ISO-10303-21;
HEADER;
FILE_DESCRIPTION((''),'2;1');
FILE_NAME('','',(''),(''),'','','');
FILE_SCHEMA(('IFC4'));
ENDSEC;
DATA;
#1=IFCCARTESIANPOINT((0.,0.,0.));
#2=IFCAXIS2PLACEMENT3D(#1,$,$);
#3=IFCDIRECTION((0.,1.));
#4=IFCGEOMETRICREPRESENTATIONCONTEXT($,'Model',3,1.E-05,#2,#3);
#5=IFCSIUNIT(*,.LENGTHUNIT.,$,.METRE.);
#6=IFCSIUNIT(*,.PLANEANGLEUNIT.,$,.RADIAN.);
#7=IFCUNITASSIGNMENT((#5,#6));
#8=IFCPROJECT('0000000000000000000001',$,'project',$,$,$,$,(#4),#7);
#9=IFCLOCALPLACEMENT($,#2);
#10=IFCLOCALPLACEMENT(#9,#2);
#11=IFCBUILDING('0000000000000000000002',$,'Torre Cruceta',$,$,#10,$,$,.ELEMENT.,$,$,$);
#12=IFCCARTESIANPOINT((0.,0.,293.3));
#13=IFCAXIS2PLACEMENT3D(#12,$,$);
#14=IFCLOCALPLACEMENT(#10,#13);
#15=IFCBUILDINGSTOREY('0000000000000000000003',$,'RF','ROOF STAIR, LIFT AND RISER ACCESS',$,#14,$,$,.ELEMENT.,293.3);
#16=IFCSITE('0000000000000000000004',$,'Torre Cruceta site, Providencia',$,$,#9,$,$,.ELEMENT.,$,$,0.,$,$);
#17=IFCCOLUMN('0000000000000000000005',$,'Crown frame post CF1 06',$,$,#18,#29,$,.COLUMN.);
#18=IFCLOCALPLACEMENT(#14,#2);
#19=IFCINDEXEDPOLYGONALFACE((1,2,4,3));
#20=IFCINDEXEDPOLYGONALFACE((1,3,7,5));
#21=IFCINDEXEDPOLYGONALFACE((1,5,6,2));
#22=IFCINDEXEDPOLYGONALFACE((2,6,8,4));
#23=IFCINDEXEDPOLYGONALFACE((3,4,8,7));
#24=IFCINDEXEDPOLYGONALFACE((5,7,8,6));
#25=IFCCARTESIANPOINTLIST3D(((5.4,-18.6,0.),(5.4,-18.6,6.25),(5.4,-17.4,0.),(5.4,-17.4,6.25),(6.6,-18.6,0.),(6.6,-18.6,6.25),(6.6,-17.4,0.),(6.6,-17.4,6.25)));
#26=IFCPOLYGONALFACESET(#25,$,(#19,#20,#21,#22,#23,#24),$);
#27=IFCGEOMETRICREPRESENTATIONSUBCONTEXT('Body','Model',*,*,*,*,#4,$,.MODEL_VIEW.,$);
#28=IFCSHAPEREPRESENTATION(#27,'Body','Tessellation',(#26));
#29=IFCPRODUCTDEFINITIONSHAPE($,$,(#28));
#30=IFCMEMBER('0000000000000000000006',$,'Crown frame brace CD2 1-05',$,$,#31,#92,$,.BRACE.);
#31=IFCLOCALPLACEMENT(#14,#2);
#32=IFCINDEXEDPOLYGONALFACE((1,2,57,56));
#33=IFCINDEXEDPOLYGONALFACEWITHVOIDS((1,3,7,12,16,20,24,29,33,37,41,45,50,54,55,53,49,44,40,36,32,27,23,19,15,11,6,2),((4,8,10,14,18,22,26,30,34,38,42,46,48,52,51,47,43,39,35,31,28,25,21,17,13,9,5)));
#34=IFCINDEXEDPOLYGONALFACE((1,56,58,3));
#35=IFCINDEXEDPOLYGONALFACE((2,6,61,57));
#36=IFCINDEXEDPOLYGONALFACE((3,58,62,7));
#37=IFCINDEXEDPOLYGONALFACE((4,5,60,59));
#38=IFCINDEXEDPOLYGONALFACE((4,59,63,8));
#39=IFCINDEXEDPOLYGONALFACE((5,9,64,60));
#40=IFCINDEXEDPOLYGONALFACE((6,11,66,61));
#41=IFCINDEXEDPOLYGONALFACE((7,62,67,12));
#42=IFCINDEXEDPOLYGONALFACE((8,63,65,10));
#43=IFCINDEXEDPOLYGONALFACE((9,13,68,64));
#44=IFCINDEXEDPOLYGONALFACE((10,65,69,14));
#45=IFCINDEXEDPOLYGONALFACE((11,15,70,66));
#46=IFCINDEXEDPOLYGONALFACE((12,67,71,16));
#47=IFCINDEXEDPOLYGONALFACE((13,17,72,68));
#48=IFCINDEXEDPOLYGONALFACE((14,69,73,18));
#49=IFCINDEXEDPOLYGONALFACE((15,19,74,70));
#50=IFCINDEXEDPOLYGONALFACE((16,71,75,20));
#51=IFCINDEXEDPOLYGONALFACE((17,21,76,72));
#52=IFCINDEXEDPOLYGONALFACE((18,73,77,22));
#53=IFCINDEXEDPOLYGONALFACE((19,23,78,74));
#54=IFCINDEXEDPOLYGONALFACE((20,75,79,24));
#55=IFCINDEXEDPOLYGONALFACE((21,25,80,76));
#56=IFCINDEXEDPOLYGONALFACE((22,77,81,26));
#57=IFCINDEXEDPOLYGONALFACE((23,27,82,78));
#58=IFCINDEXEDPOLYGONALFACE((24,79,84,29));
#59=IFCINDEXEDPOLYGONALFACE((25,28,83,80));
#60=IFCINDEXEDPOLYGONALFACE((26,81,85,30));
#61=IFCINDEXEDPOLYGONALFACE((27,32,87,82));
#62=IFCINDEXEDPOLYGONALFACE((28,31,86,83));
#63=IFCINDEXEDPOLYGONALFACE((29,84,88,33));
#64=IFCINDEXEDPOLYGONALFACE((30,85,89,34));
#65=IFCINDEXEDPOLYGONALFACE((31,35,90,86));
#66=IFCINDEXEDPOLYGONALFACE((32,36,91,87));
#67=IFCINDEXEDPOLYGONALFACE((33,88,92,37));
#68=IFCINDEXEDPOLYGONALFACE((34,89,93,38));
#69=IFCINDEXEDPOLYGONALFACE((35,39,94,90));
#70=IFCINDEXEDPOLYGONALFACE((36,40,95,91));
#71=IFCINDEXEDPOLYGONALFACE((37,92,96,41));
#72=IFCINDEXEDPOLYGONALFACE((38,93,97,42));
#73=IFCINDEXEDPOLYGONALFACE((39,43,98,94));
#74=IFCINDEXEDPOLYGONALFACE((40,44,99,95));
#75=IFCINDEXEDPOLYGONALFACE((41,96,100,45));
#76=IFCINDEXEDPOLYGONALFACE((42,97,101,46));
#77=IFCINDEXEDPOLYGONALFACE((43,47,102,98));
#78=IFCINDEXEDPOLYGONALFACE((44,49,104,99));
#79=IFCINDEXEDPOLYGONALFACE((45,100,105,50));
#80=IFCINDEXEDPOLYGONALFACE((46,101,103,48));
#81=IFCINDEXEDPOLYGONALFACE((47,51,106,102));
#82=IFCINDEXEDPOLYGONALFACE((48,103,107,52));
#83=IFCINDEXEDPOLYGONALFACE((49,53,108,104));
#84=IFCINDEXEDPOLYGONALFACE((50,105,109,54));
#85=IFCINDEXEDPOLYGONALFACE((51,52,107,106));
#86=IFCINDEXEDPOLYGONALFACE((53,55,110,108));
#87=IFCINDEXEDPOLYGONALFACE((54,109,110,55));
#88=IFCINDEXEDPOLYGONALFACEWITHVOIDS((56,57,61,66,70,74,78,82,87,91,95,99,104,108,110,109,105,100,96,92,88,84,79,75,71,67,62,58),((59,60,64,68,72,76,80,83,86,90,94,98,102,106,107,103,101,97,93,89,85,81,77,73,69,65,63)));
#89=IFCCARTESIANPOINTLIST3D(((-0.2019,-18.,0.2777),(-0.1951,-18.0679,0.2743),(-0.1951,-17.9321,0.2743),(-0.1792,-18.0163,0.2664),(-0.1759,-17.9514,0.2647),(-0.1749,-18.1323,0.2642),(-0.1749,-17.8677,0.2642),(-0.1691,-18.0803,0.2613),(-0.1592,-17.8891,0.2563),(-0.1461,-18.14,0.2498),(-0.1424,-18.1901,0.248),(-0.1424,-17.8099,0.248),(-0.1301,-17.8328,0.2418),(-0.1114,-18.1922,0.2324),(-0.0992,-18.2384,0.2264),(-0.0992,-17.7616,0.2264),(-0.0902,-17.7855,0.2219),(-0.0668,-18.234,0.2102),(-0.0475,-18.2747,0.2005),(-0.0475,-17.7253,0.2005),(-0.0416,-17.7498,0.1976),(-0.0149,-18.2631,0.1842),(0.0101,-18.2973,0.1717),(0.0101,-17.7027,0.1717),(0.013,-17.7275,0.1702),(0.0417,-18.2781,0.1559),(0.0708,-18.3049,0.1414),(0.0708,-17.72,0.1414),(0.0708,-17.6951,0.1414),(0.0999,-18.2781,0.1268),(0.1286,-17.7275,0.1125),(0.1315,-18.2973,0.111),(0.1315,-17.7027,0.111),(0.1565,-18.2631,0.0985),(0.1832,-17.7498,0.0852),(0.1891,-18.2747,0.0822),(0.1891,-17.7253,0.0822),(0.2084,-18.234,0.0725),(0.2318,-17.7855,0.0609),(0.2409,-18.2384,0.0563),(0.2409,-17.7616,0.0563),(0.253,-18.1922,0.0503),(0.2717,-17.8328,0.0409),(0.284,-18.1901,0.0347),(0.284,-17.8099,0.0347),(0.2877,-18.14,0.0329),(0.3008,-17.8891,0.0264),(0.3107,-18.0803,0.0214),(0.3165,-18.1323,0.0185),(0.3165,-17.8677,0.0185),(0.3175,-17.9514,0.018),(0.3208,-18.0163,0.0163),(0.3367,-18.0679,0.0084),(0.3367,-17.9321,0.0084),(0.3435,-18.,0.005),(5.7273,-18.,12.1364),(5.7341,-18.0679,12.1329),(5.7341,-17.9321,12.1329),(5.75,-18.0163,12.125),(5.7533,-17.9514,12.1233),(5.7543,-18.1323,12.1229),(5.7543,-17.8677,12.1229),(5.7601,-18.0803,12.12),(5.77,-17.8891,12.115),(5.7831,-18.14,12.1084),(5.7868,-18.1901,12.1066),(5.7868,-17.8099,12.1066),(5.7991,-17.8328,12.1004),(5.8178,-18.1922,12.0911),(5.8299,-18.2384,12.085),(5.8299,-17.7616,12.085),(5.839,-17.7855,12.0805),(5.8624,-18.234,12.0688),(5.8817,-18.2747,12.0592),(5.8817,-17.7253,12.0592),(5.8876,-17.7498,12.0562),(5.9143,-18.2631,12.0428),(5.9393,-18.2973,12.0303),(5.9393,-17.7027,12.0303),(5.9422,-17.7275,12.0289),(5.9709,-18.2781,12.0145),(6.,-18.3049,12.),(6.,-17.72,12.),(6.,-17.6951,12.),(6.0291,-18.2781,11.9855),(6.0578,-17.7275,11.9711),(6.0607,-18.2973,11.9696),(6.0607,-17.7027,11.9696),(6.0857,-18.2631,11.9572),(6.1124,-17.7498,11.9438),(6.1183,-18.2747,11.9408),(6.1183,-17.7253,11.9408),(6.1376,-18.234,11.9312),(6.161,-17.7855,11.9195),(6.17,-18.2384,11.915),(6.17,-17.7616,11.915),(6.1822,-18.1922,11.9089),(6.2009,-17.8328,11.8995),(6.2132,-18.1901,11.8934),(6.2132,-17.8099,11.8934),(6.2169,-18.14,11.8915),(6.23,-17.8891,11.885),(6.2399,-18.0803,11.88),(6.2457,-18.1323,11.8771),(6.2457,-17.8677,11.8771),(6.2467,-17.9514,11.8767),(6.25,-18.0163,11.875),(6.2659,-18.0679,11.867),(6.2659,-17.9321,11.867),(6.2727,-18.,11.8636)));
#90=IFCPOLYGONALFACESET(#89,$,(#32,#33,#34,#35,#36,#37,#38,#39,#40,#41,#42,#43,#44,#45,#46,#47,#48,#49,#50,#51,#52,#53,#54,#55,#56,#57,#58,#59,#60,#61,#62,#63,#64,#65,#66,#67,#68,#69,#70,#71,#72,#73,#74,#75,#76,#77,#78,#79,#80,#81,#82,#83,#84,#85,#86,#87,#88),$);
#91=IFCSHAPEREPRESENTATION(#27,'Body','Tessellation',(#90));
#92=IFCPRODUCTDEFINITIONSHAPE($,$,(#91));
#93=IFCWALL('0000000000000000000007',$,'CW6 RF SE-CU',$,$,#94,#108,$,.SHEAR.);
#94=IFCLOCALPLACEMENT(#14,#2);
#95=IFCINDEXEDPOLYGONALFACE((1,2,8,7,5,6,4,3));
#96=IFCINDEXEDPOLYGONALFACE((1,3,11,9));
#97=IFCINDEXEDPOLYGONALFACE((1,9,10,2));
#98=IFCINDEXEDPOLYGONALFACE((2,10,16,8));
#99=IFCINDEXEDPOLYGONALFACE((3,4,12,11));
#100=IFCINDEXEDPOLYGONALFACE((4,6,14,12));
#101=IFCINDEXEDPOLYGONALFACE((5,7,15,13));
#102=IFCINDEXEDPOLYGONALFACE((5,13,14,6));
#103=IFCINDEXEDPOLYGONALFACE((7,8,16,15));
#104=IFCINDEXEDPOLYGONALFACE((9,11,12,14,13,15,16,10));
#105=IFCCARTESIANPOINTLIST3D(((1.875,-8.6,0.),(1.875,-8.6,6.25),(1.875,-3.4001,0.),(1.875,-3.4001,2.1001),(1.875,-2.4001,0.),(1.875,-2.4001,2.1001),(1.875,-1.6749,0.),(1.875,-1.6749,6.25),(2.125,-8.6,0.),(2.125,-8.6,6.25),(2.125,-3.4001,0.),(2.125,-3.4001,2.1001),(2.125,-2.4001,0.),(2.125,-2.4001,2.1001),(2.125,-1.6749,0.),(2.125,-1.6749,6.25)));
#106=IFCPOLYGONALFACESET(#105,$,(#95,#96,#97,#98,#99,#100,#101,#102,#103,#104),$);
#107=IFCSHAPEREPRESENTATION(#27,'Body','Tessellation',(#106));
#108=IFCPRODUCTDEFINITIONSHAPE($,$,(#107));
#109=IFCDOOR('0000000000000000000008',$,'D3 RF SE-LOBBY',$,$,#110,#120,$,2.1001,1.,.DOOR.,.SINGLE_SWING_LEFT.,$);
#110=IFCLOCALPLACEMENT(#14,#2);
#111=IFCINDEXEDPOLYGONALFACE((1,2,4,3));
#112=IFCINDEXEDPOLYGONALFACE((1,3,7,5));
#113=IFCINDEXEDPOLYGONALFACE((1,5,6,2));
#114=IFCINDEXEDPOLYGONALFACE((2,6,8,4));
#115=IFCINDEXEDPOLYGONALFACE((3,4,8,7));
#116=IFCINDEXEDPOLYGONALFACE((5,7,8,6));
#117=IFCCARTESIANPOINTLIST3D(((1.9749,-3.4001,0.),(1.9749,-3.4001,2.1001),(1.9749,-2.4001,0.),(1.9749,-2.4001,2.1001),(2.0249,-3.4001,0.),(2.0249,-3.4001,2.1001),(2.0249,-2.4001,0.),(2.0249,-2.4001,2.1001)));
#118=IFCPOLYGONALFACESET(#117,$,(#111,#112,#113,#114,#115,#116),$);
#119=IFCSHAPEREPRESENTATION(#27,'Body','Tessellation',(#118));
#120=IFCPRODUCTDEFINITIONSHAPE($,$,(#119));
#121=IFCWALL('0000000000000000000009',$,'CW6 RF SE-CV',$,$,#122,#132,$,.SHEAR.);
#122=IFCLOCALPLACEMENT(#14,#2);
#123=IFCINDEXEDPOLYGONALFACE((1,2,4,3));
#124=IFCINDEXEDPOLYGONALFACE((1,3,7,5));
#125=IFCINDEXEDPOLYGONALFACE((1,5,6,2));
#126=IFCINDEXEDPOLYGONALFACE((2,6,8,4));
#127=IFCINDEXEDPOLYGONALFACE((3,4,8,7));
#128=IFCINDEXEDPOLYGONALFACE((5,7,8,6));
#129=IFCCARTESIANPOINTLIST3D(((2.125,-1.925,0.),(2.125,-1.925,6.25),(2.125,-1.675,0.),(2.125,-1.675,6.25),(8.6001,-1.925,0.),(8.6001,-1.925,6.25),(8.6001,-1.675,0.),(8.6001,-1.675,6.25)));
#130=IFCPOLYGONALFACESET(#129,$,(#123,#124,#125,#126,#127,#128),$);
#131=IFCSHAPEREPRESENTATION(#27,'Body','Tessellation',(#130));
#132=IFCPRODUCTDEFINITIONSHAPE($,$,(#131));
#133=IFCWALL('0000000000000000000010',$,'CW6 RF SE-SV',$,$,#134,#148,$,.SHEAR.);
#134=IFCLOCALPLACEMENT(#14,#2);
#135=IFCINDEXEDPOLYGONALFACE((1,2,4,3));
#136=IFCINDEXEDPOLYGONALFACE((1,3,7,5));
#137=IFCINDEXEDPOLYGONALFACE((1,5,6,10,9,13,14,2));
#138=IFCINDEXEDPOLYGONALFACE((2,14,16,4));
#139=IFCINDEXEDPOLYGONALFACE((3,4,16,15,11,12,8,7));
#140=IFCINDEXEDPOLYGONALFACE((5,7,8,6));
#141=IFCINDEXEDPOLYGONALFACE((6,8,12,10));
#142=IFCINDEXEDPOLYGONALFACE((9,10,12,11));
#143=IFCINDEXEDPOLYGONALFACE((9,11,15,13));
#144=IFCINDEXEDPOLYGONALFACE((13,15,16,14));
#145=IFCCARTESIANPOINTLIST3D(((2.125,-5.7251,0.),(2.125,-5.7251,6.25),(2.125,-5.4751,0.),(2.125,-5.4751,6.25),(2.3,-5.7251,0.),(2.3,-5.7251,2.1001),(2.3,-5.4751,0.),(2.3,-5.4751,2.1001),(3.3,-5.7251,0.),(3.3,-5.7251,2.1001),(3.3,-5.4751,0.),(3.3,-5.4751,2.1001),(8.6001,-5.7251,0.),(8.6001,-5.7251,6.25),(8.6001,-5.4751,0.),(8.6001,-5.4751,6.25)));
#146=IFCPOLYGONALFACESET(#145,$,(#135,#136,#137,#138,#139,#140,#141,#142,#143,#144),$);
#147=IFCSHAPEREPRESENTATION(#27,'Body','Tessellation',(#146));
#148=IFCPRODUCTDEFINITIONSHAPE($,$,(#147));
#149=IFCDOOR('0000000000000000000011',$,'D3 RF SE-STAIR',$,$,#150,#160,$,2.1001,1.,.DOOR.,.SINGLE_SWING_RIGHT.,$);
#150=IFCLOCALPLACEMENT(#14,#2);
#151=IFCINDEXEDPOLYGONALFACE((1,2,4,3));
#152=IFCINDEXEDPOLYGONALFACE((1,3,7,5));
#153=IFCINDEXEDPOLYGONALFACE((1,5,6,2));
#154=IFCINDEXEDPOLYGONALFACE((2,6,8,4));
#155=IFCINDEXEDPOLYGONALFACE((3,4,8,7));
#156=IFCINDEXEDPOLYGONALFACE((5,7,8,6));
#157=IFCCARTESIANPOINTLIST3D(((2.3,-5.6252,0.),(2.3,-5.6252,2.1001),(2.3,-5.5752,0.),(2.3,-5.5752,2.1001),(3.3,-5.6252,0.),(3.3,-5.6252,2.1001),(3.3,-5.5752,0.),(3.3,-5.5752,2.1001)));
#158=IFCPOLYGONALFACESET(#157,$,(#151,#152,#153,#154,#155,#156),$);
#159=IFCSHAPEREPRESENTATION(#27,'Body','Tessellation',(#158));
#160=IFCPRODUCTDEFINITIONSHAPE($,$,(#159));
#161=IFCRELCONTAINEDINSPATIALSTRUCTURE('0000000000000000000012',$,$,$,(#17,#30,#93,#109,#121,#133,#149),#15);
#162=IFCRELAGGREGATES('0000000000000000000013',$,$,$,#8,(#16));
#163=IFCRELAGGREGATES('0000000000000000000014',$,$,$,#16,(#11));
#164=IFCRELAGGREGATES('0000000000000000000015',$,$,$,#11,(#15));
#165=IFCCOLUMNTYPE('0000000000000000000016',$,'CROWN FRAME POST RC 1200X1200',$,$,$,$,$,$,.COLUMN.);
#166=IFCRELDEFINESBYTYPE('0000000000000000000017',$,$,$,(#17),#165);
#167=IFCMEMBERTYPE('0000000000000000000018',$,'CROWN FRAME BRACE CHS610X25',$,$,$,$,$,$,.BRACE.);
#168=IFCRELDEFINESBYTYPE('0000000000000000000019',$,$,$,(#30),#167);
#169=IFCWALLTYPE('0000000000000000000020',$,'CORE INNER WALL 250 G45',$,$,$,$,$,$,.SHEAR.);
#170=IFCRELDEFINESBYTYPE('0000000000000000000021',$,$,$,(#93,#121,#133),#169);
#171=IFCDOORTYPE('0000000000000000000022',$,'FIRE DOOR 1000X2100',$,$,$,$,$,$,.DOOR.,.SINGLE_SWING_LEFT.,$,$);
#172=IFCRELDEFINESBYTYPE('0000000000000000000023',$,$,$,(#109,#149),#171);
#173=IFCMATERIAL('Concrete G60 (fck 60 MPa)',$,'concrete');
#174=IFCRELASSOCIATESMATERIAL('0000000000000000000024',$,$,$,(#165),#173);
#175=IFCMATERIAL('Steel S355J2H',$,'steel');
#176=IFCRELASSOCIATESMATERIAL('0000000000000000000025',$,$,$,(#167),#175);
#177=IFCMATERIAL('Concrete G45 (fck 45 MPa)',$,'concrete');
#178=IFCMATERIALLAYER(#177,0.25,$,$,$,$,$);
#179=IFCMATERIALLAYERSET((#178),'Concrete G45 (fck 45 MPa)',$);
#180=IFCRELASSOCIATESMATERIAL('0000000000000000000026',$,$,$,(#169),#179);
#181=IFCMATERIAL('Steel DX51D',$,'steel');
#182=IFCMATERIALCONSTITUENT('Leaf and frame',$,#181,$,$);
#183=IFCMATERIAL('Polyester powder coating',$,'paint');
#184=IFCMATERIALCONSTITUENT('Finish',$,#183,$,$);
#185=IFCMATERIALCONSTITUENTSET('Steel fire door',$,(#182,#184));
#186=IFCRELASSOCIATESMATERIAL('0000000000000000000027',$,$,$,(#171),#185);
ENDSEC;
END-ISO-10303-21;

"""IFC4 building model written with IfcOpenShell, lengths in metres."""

from ifc_helpers import new_model, si_unit, direction, frame, frame_2d, origin, origin_2d, place, context, subcontext, project, spatial, rectangle, hollow_circle, extrude, material, layer, layer_set, constituent, constituent_set, material_profile, profile_set, type_object, element, fill, save


model = new_model("IFC4")

# Units and contexts
model_context = context("Model", 3, precision=1e-05, world=origin(), true_north=direction((0.0, 1.0)))
body_context = subcontext(model_context, "Body", "Model", "MODEL_VIEW")
ifc_project = project(units=[si_unit("LENGTHUNIT", "METRE"), si_unit("PLANEANGLEUNIT", "RADIAN")], contexts=[model_context])

# Site, building, storey
site_placement = place(None, origin())
site = spatial("IfcSite", under=ifc_project, at=site_placement, Name="Torre Cruceta site, Providencia", CompositionType="ELEMENT", RefElevation=0.0)
building_placement = place(site_placement, origin())
building = spatial("IfcBuilding", under=site, at=building_placement, Name="Torre Cruceta", CompositionType="ELEMENT")
storey_placement = place(building_placement, frame((0.0, 0.0, 293.3)))
storey = spatial("IfcBuildingStorey", under=building, at=storey_placement, Name="RF", Description="ROOF STAIR, LIFT AND RISER ACCESS", CompositionType="ELEMENT", Elevation=293.3)

# Column
ifc_material_1 = material(Name="Concrete G60 (fck 60 MPa)", Category="concrete")
ifc_material_profile_1 = material_profile(ifc_material_1, rectangle(XDim=1.2, YDim=1.2, at=origin_2d()), Name="RC 1200X1200")
ifc_profile_set_1 = profile_set([ifc_material_profile_1], Name="Concrete G60 (fck 60 MPa)")
column_type = type_object("IfcColumnType", Name="CROWN FRAME POST RC 1200X1200", PredefinedType="COLUMN", material=ifc_profile_set_1)
column_placement = place(storey_placement, frame((6.0, -18.0, 0.0), z_axis=(0.0, 0.0, 1.0), x_axis=(1.0, 0.0, 0.0)))
element("IfcColumn", 1, at=column_placement, inside=storey, type_object=column_type, Name="Crown frame post CF1 06", PredefinedType="COLUMN", context=body_context, shape_type="SweptSolid", body=[
    extrude(rectangle(XDim=1.2, YDim=1.2, at=origin_2d()), origin(), (0.0, 0.0, 1.0), 6.25),
])

# Member
ifc_material_2 = material(Name="Steel S355J2H", Category="steel")
ifc_material_profile_2 = material_profile(ifc_material_2, hollow_circle(Radius=0.3049, WallThickness=0.0249, at=origin_2d()), Name="CHS610X25")
ifc_profile_set_2 = profile_set([ifc_material_profile_2], Name="Steel S355J2H")
member_type = type_object("IfcMemberType", Name="CROWN FRAME BRACE CHS610X25", PredefinedType="BRACE", material=ifc_profile_set_2)
member_placement = place(storey_placement, frame((0.0708, -18.0, 0.1414), z_axis=(0.447206, 0.0, 0.894431), x_axis=(0.0, 1.0, 0.0)))
element("IfcMember", 2, at=member_placement, inside=storey, type_object=member_type, Name="Crown frame brace CD2 1-05", PredefinedType="BRACE", context=body_context, shape_type="SweptSolid", body=[
    extrude(hollow_circle(Radius=0.3049, WallThickness=0.0249, at=origin_2d()), origin(), (0.0, 0.0, 1.0), 13.2583),
])

# Wall, opening, door
ifc_material_3 = material(Name="Concrete G45 (fck 45 MPa)", Category="concrete")
ifc_layer_1 = layer(ifc_material_3, 0.25)
ifc_layer_set_1 = layer_set([ifc_layer_1], Name="Concrete G45 (fck 45 MPa)")
wall_type_1 = type_object("IfcWallType", Name="CORE INNER WALL 250 G45", PredefinedType="SHEAR", material=ifc_layer_set_1)
wall_1_placement = place(storey_placement, frame((2.0, -1.675, 0.0), z_axis=(0.0, 0.0, 1.0), x_axis=(0.0, -1.0, 0.0)))
wall_1 = element("IfcWall", 3, at=wall_1_placement, inside=storey, type_object=wall_type_1, Name="CW6 RF SE-CU", PredefinedType="SHEAR", context=body_context, shape_type="SweptSolid", body=[
    extrude(rectangle(XDim=6.925, YDim=0.25, at=frame_2d((3.4624, 0.0))), origin(), (0.0, 0.0, 1.0), 6.25),
])
opening_1_placement = place(wall_1_placement, frame((0.7251, 0.0, 0.0)))
opening_1 = element("IfcOpeningElement", 4, at=opening_1_placement, cuts=wall_1, PredefinedType="OPENING", context=body_context, shape_type="SweptSolid", body=[
    extrude(rectangle(XDim=1.0, YDim=2.1001, at=frame_2d((0.5, 1.05))), frame((0.0, 0.135, 0.0), z_axis=(0.0, -1.0, 0.0), x_axis=(1.0, 0.0, 0.0)), (0.0, 0.0, 1.0), 0.27),
])
ifc_material_4 = material(Name="Steel DX51D", Category="steel")
ifc_constituent_1 = constituent(ifc_material_4, Name="Leaf and frame")
ifc_material_5 = material(Name="Polyester powder coating", Category="paint")
ifc_constituent_2 = constituent(ifc_material_5, Name="Finish")
ifc_constituent_set_1 = constituent_set(constituents=[ifc_constituent_1, ifc_constituent_2], Name="Steel fire door")
door_type_1 = type_object("IfcDoorType", Name="FIRE DOOR 1000X2100", OperationType="SINGLE_SWING_LEFT", PredefinedType="DOOR", material=ifc_constituent_set_1)
door_1_placement = place(opening_1_placement, origin())
door_1 = element("IfcDoor", 5, at=door_1_placement, inside=storey, type_object=door_type_1, Name="D3 RF SE-LOBBY", OperationType="SINGLE_SWING_LEFT", OverallHeight=2.1001, OverallWidth=1.0, PredefinedType="DOOR", context=body_context, shape_type="SweptSolid", body=[
    extrude(rectangle(XDim=1.0, YDim=2.1001, at=frame_2d((0.5, 1.05))), frame((0.0, 0.0249, 0.0), z_axis=(0.0, -1.0, 0.0), x_axis=(1.0, 0.0, 0.0)), (0.0, 0.0, 1.0), 0.05),
])
fill(opening_1, door_1)

# Wall
wall_2_placement = place(storey_placement, frame((2.125, -1.8, 0.0), z_axis=(0.0, 0.0, 1.0), x_axis=(1.0, 0.0, 0.0)))
element("IfcWall", 6, at=wall_2_placement, inside=storey, type_object=wall_type_1, Name="CW6 RF SE-CV", PredefinedType="SHEAR", context=body_context, shape_type="SweptSolid", body=[
    extrude(rectangle(XDim=6.4751, YDim=0.25, at=frame_2d((3.2375, 0.0))), origin(), (0.0, 0.0, 1.0), 6.25),
])

# Wall, opening, door
wall_3_placement = place(storey_placement, frame((2.125, -5.6001, 0.0), z_axis=(0.0, 0.0, 1.0), x_axis=(1.0, 0.0, 0.0)))
wall_3 = element("IfcWall", 7, at=wall_3_placement, inside=storey, type_object=wall_type_1, Name="CW6 RF SE-SV", PredefinedType="SHEAR", context=body_context, shape_type="SweptSolid", body=[
    extrude(rectangle(XDim=6.4751, YDim=0.25, at=frame_2d((3.2375, 0.0))), origin(), (0.0, 0.0, 1.0), 6.25),
])
opening_2_placement = place(wall_3_placement, frame((0.175, 0.0, 0.0)))
opening_2 = element("IfcOpeningElement", 8, at=opening_2_placement, cuts=wall_3, PredefinedType="OPENING", context=body_context, shape_type="SweptSolid", body=[
    extrude(rectangle(XDim=1.0, YDim=2.1001, at=frame_2d((0.5, 1.05))), frame((0.0, 0.135, 0.0), z_axis=(0.0, -1.0, 0.0), x_axis=(1.0, 0.0, 0.0)), (0.0, 0.0, 1.0), 0.27),
])
door_2_placement = place(opening_2_placement, frame((1.0, 0.0, 0.0), z_axis=(0.0, 0.0, 1.0), x_axis=(-1.0, 0.0, 0.0)))
door_2 = element("IfcDoor", 9, at=door_2_placement, inside=storey, type_object=door_type_1, Name="D3 RF SE-STAIR", OperationType="SINGLE_SWING_RIGHT", OverallHeight=2.1001, OverallWidth=1.0, PredefinedType="DOOR", context=body_context, shape_type="SweptSolid", body=[
    extrude(rectangle(XDim=1.0, YDim=2.1001, at=frame_2d((0.5, 1.05))), frame((0.0, 0.0251, 0.0), z_axis=(0.0, -1.0, 0.0), x_axis=(1.0, 0.0, 0.0)), (0.0, 0.0, 1.0), 0.05),
])
fill(opening_2, door_2)

save(model, "model.ifc")
